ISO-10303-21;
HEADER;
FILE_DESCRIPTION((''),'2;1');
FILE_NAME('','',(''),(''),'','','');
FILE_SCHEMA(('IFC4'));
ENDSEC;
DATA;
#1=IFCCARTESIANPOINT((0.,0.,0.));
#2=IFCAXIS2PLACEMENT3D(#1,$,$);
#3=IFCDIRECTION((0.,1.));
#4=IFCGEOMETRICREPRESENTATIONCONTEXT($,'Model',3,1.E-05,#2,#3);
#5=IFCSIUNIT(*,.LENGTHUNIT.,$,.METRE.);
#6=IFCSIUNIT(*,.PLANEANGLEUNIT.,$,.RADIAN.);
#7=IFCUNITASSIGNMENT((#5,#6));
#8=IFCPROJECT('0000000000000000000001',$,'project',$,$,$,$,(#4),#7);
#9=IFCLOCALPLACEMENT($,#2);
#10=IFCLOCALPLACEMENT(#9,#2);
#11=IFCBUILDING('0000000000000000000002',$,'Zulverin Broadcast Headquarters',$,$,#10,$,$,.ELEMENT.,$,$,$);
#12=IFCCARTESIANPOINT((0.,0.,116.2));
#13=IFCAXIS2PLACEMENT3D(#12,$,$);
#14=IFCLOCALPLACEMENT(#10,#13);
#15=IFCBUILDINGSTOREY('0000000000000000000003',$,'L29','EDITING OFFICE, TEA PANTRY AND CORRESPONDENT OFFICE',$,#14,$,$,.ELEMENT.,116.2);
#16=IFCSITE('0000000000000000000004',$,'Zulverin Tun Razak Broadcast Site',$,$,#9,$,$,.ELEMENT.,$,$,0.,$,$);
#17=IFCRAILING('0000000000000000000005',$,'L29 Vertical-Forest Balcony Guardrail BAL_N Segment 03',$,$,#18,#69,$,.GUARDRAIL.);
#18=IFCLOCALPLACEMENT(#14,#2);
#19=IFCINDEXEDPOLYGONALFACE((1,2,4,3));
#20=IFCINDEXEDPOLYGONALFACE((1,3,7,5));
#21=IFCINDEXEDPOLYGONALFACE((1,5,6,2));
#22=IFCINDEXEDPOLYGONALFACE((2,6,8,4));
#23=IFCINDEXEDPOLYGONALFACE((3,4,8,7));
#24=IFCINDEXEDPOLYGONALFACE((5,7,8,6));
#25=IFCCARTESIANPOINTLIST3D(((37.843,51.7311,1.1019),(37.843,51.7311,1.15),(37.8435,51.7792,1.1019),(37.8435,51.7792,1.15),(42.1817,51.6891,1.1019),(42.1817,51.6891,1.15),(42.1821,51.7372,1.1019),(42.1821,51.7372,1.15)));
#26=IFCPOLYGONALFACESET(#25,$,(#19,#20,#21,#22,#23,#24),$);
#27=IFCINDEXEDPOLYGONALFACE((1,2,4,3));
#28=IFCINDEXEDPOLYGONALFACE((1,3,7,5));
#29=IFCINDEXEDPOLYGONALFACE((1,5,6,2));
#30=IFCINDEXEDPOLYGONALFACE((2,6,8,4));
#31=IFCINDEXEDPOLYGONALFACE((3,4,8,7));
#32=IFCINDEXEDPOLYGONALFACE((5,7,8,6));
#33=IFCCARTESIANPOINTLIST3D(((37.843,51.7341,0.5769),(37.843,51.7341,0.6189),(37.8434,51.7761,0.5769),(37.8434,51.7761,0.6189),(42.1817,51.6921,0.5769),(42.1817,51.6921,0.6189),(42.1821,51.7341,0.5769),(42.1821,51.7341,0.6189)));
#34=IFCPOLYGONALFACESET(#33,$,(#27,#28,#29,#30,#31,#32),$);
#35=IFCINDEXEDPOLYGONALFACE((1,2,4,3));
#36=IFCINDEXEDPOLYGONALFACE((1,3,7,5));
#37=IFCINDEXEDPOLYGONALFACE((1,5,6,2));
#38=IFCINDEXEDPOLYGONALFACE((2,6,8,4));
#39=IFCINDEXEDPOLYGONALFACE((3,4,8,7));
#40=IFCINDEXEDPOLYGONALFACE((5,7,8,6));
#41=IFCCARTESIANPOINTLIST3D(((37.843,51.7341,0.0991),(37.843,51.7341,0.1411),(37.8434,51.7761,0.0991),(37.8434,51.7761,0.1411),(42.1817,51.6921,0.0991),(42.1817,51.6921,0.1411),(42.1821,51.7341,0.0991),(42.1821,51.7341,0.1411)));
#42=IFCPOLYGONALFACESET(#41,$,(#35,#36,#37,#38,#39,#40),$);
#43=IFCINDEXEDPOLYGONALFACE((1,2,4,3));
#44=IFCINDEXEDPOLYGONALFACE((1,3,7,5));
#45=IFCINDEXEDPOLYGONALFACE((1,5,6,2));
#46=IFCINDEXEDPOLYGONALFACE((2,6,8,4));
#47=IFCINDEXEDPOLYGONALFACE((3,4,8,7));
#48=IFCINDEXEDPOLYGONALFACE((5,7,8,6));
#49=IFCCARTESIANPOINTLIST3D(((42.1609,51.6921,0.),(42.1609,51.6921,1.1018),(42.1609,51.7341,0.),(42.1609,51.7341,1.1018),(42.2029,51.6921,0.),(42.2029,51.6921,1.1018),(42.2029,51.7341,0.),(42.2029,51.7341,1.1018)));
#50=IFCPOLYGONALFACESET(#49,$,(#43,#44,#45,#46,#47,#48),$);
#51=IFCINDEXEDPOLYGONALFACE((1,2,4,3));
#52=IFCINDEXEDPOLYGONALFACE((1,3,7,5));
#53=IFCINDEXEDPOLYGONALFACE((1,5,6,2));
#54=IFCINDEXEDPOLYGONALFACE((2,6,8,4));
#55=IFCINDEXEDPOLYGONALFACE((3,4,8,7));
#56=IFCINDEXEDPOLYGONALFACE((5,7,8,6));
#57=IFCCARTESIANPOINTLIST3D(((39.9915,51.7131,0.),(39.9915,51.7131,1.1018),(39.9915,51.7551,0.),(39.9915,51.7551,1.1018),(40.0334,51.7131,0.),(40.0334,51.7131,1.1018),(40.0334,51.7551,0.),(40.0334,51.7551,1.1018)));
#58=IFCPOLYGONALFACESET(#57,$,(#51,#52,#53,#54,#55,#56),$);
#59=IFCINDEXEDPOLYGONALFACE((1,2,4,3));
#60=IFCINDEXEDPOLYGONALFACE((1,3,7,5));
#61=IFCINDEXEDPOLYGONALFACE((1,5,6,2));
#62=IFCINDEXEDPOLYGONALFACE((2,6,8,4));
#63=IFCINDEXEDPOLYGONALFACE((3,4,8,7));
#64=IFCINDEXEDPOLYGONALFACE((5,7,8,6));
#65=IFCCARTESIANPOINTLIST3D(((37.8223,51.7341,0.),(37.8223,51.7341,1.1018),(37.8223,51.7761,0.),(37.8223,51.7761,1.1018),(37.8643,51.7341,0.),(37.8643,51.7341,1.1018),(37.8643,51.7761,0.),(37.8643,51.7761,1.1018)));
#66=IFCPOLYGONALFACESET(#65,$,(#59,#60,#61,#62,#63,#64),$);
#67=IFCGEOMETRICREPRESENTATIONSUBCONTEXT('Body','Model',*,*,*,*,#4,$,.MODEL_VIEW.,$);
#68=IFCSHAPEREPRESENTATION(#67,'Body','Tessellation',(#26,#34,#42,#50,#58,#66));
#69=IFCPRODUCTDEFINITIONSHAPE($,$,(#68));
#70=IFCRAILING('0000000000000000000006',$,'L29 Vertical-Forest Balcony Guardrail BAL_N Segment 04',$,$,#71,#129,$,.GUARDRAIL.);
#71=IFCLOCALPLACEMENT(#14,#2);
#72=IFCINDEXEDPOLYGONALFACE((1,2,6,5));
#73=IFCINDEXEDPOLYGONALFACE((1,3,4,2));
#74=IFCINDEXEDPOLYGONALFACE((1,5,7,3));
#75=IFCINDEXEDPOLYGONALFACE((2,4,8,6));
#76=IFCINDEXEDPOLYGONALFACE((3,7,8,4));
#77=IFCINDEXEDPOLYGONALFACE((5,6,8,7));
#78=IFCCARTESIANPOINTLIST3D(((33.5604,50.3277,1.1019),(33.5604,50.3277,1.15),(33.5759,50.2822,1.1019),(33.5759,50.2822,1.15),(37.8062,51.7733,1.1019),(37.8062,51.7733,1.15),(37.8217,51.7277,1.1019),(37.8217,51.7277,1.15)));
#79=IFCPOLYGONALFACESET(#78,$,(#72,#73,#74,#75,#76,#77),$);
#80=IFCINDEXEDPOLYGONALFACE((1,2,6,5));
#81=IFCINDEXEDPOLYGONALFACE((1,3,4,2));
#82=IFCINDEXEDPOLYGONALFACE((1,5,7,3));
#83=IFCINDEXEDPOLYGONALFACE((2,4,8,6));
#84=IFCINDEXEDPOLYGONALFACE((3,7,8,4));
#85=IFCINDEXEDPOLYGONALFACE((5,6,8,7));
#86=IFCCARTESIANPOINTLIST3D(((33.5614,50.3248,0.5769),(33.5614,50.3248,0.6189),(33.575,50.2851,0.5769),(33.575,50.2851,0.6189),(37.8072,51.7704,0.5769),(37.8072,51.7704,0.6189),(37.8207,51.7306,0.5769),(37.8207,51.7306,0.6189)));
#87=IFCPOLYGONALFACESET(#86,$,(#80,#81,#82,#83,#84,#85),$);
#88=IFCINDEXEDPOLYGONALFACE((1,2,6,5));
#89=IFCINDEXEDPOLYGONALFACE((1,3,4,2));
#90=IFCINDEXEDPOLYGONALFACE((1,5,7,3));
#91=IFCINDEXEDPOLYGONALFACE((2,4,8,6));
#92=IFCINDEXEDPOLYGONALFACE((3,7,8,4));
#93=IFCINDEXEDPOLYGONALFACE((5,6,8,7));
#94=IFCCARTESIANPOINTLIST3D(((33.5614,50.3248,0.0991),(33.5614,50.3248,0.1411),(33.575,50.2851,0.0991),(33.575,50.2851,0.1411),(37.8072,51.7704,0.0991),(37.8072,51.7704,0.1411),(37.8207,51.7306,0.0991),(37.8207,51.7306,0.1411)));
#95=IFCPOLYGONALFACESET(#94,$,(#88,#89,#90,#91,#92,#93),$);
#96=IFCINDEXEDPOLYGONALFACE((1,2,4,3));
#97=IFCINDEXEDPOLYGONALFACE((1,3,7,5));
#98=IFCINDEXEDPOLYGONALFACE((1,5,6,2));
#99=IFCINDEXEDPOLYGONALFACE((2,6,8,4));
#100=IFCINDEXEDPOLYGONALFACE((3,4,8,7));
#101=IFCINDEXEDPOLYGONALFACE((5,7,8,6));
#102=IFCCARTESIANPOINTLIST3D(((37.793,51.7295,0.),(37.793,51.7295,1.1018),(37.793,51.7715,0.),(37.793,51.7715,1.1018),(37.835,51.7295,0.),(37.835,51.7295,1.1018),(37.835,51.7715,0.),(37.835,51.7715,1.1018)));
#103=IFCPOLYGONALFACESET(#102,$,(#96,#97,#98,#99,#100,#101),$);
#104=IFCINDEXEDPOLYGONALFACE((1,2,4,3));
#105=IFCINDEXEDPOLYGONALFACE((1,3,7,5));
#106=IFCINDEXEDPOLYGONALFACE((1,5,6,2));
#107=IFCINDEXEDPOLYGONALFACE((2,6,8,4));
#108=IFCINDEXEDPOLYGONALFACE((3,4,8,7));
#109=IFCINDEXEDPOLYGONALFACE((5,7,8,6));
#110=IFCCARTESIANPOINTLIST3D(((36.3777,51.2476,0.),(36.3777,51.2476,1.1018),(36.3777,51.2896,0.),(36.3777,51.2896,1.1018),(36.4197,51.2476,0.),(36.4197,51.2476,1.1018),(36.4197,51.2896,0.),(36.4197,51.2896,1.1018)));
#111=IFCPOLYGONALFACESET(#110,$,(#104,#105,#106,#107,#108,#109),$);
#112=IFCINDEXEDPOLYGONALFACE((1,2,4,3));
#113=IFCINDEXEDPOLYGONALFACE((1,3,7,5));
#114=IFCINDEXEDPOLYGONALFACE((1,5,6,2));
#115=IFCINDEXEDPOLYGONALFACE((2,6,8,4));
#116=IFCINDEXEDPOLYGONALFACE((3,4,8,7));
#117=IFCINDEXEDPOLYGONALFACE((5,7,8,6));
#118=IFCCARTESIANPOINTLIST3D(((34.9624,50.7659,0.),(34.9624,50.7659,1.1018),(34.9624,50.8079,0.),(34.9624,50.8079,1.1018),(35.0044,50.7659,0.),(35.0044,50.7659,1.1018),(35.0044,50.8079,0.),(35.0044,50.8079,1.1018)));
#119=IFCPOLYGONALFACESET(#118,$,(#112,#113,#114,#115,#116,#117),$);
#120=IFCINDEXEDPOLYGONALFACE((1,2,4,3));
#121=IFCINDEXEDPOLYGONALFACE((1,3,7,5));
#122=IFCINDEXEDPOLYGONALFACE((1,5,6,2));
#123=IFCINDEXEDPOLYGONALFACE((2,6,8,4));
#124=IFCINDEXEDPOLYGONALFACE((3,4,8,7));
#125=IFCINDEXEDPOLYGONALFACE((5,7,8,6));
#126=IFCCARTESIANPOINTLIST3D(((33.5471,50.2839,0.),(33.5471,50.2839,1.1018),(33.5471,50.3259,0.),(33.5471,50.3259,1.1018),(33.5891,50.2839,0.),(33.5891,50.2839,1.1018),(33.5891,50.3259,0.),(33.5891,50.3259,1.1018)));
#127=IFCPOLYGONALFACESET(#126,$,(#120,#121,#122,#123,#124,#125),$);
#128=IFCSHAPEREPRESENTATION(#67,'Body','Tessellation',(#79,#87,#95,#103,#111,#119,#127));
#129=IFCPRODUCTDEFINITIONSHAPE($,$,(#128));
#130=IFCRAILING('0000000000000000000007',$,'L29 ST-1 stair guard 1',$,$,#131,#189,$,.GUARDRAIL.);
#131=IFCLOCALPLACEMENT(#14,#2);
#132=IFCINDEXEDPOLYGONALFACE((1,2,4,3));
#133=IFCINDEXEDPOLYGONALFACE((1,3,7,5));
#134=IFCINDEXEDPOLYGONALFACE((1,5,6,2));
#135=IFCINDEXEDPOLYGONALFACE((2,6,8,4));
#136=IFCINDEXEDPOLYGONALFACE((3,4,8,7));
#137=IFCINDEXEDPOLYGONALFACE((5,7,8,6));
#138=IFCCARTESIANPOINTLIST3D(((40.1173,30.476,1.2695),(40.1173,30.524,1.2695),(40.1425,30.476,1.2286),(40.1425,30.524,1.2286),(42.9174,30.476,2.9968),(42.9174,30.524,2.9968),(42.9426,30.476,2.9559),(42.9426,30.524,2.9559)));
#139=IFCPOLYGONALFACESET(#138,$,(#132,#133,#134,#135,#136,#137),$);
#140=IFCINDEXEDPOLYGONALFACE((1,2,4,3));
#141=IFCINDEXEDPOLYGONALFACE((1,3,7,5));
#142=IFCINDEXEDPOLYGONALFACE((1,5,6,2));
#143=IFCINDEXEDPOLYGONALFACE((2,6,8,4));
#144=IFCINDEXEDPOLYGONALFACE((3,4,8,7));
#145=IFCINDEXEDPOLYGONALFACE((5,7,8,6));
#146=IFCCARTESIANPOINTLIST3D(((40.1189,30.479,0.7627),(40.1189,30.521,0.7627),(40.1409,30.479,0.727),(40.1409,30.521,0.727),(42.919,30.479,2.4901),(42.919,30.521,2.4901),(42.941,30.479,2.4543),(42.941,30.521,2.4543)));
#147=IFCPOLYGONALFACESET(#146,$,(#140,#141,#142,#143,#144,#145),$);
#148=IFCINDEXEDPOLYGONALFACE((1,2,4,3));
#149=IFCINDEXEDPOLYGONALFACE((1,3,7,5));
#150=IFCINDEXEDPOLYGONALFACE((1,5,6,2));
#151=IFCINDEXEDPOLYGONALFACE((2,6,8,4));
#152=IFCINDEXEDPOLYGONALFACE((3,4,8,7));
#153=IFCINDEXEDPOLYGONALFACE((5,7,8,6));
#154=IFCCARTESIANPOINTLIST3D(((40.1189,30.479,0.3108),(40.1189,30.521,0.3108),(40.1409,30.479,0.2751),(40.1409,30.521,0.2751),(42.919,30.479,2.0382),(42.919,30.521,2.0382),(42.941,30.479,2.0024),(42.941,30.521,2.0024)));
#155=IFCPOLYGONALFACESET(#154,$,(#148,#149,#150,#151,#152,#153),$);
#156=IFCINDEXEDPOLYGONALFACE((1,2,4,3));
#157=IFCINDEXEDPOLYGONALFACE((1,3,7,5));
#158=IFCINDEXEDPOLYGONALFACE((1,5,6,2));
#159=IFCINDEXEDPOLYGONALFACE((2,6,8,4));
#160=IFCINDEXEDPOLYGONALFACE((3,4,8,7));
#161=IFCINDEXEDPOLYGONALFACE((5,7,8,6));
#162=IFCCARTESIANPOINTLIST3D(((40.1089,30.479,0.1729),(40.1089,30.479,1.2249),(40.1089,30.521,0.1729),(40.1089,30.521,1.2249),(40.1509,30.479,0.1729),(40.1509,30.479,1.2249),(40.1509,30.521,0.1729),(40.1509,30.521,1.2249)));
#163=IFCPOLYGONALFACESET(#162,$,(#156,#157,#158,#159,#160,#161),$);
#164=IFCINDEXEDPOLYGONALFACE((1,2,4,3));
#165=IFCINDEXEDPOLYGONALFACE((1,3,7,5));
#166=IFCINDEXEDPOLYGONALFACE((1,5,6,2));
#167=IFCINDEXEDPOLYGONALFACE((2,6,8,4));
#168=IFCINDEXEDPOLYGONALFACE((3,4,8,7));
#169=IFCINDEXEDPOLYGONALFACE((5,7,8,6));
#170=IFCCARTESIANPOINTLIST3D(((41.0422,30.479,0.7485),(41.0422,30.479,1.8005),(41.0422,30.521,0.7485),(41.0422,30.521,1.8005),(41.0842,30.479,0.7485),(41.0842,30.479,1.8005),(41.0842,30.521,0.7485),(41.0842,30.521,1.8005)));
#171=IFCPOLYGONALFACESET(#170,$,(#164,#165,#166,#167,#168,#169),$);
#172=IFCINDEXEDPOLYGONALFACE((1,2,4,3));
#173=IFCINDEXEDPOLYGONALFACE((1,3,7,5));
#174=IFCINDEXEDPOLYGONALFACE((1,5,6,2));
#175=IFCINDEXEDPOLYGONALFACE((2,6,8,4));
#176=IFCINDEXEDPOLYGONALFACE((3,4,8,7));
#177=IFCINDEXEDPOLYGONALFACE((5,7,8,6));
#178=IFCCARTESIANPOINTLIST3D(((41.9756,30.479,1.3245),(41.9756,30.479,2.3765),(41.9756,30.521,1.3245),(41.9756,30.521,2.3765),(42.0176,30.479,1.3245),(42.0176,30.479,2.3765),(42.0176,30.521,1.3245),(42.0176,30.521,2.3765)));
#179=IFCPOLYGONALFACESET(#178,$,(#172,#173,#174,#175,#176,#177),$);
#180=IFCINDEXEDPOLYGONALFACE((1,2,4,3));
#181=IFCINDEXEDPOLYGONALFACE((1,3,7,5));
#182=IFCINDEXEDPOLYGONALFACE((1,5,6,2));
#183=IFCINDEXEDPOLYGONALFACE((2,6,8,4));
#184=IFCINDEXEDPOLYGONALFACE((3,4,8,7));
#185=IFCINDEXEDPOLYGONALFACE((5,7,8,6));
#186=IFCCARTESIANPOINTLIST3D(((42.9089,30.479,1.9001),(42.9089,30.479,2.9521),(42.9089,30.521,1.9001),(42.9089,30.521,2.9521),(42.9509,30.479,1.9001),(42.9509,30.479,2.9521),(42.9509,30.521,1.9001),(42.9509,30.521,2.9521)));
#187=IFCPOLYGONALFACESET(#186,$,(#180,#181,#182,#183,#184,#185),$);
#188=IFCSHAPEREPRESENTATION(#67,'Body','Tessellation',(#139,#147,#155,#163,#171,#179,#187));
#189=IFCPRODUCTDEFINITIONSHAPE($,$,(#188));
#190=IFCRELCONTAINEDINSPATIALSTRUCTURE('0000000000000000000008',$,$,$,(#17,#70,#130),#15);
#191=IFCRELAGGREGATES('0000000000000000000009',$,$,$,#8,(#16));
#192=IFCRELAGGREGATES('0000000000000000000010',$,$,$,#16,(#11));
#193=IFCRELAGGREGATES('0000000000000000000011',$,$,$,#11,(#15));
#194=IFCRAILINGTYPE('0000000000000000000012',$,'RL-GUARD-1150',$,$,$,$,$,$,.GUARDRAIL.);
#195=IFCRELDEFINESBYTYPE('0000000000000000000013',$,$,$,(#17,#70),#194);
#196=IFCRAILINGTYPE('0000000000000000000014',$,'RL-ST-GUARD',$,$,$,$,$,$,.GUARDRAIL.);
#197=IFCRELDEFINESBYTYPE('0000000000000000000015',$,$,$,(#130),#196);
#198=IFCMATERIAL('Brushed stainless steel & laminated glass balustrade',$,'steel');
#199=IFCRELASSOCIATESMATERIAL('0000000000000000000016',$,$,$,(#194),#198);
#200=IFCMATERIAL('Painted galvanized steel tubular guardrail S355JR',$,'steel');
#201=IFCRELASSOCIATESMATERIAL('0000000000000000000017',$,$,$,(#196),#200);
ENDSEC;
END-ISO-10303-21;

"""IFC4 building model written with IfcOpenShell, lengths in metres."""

from ifc_helpers import new_model, si_unit, direction, frame, origin, origin_2d, place, context, subcontext, project, spatial, rectangle, extrude, material, type_object, element, save


model = new_model("IFC4")

# Units and contexts
model_context = context("Model", 3, precision=1e-05, world=origin(), true_north=direction((0.0, 1.0)))
body_context = subcontext(model_context, "Body", "Model", "MODEL_VIEW")
ifc_project = project(units=[si_unit("LENGTHUNIT", "METRE"), si_unit("PLANEANGLEUNIT", "RADIAN")], contexts=[model_context])

# Site, building, storey
site_placement = place(None, origin())
site = spatial("IfcSite", under=ifc_project, at=site_placement, Name="Zulverin Tun Razak Broadcast Site", CompositionType="ELEMENT", RefElevation=0.0)
building_placement = place(site_placement, origin())
building = spatial("IfcBuilding", under=site, at=building_placement, Name="Zulverin Broadcast Headquarters", CompositionType="ELEMENT")
storey_placement = place(building_placement, frame((0.0, 0.0, 116.2)))
storey = spatial("IfcBuildingStorey", under=building, at=storey_placement, Name="L29", Description="EDITING OFFICE, TEA PANTRY AND CORRESPONDENT OFFICE", CompositionType="ELEMENT", Elevation=116.2)

# Railings
ifc_material_1 = material(Name="Brushed stainless steel & laminated glass balustrade", Category="steel")
railing_type_1 = type_object("IfcRailingType", Name="RL-GUARD-1150", PredefinedType="GUARDRAIL", material=ifc_material_1)
railing_1_placement = place(storey_placement, frame((42.1819, 51.7131, 0.0)))
element("IfcRailing", 1, at=railing_1_placement, inside=storey, type_object=railing_type_1, Name="L29 Vertical-Forest Balcony Guardrail BAL_N Segment 03", PredefinedType="GUARDRAIL", context=body_context, shape_type="SweptSolid", body=[
    extrude(rectangle(XDim=0.0481, YDim=0.0481, at=origin_2d()), frame((0.0, 0.0, 1.126), z_axis=(-0.999953, 0.009678, 0.0), x_axis=(-0.009678, -0.999953, 0.0)), (0.0, 0.0, 1.0), 4.3389),
    extrude(rectangle(XDim=0.042, YDim=0.042, at=origin_2d()), frame((0.0, 0.0, 0.5979), z_axis=(-0.999953, 0.009678, 0.0), x_axis=(-0.009678, -0.999953, 0.0)), (0.0, 0.0, 1.0), 4.3389),
    extrude(rectangle(XDim=0.042, YDim=0.042, at=origin_2d()), frame((0.0, 0.0, 0.1201), z_axis=(-0.999953, 0.009678, 0.0), x_axis=(-0.009678, -0.999953, 0.0)), (0.0, 0.0, 1.0), 4.3389),
    extrude(rectangle(XDim=0.042, YDim=0.042, at=origin_2d()), origin(), (0.0, 0.0, 1.0), 1.1018),
    extrude(rectangle(XDim=0.042, YDim=0.042, at=origin_2d()), frame((-2.1694, 0.021, 0.0)), (0.0, 0.0, 1.0), 1.1018),
    extrude(rectangle(XDim=0.042, YDim=0.042, at=origin_2d()), frame((-4.3386, 0.042, 0.0)), (0.0, 0.0, 1.0), 1.1018),
])
railing_2_placement = place(storey_placement, frame((37.814, 51.7505, 0.0)))
element("IfcRailing", 2, at=railing_2_placement, inside=storey, type_object=railing_type_1, Name="L29 Vertical-Forest Balcony Guardrail BAL_N Segment 04", PredefinedType="GUARDRAIL", context=body_context, shape_type="SweptSolid", body=[
    extrude(rectangle(XDim=0.0481, YDim=0.0481, at=origin_2d()), frame((0.0, 0.0, 1.126), z_axis=(-0.946639, -0.322296, 0.0), x_axis=(0.322296, -0.946639, 0.0)), (0.0, 0.0, 1.0), 4.4851),
    extrude(rectangle(XDim=0.042, YDim=0.042, at=origin_2d()), frame((0.0, 0.0, 0.5979), z_axis=(-0.946639, -0.322296, 0.0), x_axis=(0.322296, -0.946639, 0.0)), (0.0, 0.0, 1.0), 4.4851),
    extrude(rectangle(XDim=0.042, YDim=0.042, at=origin_2d()), frame((0.0, 0.0, 0.1201), z_axis=(-0.946639, -0.322296, 0.0), x_axis=(0.322296, -0.946639, 0.0)), (0.0, 0.0, 1.0), 4.4851),
    extrude(rectangle(XDim=0.042, YDim=0.042, at=origin_2d()), origin(), (0.0, 0.0, 1.0), 1.1018),
    extrude(rectangle(XDim=0.042, YDim=0.042, at=origin_2d()), frame((-1.4153, -0.4819, 0.0)), (0.0, 0.0, 1.0), 1.1018),
    extrude(rectangle(XDim=0.042, YDim=0.042, at=origin_2d()), frame((-2.8306, -0.9636, 0.0)), (0.0, 0.0, 1.0), 1.1018),
    extrude(rectangle(XDim=0.042, YDim=0.042, at=origin_2d()), frame((-4.2458, -1.4456, 0.0)), (0.0, 0.0, 1.0), 1.1018),
])
ifc_material_2 = material(Name="Painted galvanized steel tubular guardrail S355JR", Category="steel")
railing_type_2 = type_object("IfcRailingType", Name="RL-ST-GUARD", PredefinedType="GUARDRAIL", material=ifc_material_2)
railing_3_placement = place(storey_placement, frame((40.1299, 30.5, 0.1729)))
element("IfcRailing", 3, at=railing_3_placement, inside=storey, type_object=railing_type_2, Name="L29 ST-1 stair guard 1", PredefinedType="GUARDRAIL", context=body_context, shape_type="SweptSolid", body=[
    extrude(rectangle(XDim=0.0481, YDim=0.0481, at=origin_2d()), frame((0.0, 0.0, 1.0762), z_axis=(0.85109, 0.0, 0.52502), x_axis=(0.0, 1.0, 0.0)), (0.0, 0.0, 1.0), 3.29),
    extrude(rectangle(XDim=0.042, YDim=0.042, at=origin_2d()), frame((0.0, 0.0, 0.572), z_axis=(0.85109, 0.0, 0.52502), x_axis=(0.0, 1.0, 0.0)), (0.0, 0.0, 1.0), 3.29),
    extrude(rectangle(XDim=0.042, YDim=0.042, at=origin_2d()), frame((0.0, 0.0, 0.1201), z_axis=(0.85109, 0.0, 0.52502), x_axis=(0.0, 1.0, 0.0)), (0.0, 0.0, 1.0), 3.29),
    extrude(rectangle(XDim=0.042, YDim=0.042, at=origin_2d()), origin(), (0.0, 0.0, 1.0), 1.052),
    extrude(rectangle(XDim=0.042, YDim=0.042, at=origin_2d()), frame((0.9333, 0.0, 0.5757)), (0.0, 0.0, 1.0), 1.052),
    extrude(rectangle(XDim=0.042, YDim=0.042, at=origin_2d()), frame((1.8667, 0.0, 1.1516)), (0.0, 0.0, 1.0), 1.052),
    extrude(rectangle(XDim=0.042, YDim=0.042, at=origin_2d()), frame((2.8, 0.0, 1.7273)), (0.0, 0.0, 1.0), 1.052),
])

save(model, "model.ifc")
